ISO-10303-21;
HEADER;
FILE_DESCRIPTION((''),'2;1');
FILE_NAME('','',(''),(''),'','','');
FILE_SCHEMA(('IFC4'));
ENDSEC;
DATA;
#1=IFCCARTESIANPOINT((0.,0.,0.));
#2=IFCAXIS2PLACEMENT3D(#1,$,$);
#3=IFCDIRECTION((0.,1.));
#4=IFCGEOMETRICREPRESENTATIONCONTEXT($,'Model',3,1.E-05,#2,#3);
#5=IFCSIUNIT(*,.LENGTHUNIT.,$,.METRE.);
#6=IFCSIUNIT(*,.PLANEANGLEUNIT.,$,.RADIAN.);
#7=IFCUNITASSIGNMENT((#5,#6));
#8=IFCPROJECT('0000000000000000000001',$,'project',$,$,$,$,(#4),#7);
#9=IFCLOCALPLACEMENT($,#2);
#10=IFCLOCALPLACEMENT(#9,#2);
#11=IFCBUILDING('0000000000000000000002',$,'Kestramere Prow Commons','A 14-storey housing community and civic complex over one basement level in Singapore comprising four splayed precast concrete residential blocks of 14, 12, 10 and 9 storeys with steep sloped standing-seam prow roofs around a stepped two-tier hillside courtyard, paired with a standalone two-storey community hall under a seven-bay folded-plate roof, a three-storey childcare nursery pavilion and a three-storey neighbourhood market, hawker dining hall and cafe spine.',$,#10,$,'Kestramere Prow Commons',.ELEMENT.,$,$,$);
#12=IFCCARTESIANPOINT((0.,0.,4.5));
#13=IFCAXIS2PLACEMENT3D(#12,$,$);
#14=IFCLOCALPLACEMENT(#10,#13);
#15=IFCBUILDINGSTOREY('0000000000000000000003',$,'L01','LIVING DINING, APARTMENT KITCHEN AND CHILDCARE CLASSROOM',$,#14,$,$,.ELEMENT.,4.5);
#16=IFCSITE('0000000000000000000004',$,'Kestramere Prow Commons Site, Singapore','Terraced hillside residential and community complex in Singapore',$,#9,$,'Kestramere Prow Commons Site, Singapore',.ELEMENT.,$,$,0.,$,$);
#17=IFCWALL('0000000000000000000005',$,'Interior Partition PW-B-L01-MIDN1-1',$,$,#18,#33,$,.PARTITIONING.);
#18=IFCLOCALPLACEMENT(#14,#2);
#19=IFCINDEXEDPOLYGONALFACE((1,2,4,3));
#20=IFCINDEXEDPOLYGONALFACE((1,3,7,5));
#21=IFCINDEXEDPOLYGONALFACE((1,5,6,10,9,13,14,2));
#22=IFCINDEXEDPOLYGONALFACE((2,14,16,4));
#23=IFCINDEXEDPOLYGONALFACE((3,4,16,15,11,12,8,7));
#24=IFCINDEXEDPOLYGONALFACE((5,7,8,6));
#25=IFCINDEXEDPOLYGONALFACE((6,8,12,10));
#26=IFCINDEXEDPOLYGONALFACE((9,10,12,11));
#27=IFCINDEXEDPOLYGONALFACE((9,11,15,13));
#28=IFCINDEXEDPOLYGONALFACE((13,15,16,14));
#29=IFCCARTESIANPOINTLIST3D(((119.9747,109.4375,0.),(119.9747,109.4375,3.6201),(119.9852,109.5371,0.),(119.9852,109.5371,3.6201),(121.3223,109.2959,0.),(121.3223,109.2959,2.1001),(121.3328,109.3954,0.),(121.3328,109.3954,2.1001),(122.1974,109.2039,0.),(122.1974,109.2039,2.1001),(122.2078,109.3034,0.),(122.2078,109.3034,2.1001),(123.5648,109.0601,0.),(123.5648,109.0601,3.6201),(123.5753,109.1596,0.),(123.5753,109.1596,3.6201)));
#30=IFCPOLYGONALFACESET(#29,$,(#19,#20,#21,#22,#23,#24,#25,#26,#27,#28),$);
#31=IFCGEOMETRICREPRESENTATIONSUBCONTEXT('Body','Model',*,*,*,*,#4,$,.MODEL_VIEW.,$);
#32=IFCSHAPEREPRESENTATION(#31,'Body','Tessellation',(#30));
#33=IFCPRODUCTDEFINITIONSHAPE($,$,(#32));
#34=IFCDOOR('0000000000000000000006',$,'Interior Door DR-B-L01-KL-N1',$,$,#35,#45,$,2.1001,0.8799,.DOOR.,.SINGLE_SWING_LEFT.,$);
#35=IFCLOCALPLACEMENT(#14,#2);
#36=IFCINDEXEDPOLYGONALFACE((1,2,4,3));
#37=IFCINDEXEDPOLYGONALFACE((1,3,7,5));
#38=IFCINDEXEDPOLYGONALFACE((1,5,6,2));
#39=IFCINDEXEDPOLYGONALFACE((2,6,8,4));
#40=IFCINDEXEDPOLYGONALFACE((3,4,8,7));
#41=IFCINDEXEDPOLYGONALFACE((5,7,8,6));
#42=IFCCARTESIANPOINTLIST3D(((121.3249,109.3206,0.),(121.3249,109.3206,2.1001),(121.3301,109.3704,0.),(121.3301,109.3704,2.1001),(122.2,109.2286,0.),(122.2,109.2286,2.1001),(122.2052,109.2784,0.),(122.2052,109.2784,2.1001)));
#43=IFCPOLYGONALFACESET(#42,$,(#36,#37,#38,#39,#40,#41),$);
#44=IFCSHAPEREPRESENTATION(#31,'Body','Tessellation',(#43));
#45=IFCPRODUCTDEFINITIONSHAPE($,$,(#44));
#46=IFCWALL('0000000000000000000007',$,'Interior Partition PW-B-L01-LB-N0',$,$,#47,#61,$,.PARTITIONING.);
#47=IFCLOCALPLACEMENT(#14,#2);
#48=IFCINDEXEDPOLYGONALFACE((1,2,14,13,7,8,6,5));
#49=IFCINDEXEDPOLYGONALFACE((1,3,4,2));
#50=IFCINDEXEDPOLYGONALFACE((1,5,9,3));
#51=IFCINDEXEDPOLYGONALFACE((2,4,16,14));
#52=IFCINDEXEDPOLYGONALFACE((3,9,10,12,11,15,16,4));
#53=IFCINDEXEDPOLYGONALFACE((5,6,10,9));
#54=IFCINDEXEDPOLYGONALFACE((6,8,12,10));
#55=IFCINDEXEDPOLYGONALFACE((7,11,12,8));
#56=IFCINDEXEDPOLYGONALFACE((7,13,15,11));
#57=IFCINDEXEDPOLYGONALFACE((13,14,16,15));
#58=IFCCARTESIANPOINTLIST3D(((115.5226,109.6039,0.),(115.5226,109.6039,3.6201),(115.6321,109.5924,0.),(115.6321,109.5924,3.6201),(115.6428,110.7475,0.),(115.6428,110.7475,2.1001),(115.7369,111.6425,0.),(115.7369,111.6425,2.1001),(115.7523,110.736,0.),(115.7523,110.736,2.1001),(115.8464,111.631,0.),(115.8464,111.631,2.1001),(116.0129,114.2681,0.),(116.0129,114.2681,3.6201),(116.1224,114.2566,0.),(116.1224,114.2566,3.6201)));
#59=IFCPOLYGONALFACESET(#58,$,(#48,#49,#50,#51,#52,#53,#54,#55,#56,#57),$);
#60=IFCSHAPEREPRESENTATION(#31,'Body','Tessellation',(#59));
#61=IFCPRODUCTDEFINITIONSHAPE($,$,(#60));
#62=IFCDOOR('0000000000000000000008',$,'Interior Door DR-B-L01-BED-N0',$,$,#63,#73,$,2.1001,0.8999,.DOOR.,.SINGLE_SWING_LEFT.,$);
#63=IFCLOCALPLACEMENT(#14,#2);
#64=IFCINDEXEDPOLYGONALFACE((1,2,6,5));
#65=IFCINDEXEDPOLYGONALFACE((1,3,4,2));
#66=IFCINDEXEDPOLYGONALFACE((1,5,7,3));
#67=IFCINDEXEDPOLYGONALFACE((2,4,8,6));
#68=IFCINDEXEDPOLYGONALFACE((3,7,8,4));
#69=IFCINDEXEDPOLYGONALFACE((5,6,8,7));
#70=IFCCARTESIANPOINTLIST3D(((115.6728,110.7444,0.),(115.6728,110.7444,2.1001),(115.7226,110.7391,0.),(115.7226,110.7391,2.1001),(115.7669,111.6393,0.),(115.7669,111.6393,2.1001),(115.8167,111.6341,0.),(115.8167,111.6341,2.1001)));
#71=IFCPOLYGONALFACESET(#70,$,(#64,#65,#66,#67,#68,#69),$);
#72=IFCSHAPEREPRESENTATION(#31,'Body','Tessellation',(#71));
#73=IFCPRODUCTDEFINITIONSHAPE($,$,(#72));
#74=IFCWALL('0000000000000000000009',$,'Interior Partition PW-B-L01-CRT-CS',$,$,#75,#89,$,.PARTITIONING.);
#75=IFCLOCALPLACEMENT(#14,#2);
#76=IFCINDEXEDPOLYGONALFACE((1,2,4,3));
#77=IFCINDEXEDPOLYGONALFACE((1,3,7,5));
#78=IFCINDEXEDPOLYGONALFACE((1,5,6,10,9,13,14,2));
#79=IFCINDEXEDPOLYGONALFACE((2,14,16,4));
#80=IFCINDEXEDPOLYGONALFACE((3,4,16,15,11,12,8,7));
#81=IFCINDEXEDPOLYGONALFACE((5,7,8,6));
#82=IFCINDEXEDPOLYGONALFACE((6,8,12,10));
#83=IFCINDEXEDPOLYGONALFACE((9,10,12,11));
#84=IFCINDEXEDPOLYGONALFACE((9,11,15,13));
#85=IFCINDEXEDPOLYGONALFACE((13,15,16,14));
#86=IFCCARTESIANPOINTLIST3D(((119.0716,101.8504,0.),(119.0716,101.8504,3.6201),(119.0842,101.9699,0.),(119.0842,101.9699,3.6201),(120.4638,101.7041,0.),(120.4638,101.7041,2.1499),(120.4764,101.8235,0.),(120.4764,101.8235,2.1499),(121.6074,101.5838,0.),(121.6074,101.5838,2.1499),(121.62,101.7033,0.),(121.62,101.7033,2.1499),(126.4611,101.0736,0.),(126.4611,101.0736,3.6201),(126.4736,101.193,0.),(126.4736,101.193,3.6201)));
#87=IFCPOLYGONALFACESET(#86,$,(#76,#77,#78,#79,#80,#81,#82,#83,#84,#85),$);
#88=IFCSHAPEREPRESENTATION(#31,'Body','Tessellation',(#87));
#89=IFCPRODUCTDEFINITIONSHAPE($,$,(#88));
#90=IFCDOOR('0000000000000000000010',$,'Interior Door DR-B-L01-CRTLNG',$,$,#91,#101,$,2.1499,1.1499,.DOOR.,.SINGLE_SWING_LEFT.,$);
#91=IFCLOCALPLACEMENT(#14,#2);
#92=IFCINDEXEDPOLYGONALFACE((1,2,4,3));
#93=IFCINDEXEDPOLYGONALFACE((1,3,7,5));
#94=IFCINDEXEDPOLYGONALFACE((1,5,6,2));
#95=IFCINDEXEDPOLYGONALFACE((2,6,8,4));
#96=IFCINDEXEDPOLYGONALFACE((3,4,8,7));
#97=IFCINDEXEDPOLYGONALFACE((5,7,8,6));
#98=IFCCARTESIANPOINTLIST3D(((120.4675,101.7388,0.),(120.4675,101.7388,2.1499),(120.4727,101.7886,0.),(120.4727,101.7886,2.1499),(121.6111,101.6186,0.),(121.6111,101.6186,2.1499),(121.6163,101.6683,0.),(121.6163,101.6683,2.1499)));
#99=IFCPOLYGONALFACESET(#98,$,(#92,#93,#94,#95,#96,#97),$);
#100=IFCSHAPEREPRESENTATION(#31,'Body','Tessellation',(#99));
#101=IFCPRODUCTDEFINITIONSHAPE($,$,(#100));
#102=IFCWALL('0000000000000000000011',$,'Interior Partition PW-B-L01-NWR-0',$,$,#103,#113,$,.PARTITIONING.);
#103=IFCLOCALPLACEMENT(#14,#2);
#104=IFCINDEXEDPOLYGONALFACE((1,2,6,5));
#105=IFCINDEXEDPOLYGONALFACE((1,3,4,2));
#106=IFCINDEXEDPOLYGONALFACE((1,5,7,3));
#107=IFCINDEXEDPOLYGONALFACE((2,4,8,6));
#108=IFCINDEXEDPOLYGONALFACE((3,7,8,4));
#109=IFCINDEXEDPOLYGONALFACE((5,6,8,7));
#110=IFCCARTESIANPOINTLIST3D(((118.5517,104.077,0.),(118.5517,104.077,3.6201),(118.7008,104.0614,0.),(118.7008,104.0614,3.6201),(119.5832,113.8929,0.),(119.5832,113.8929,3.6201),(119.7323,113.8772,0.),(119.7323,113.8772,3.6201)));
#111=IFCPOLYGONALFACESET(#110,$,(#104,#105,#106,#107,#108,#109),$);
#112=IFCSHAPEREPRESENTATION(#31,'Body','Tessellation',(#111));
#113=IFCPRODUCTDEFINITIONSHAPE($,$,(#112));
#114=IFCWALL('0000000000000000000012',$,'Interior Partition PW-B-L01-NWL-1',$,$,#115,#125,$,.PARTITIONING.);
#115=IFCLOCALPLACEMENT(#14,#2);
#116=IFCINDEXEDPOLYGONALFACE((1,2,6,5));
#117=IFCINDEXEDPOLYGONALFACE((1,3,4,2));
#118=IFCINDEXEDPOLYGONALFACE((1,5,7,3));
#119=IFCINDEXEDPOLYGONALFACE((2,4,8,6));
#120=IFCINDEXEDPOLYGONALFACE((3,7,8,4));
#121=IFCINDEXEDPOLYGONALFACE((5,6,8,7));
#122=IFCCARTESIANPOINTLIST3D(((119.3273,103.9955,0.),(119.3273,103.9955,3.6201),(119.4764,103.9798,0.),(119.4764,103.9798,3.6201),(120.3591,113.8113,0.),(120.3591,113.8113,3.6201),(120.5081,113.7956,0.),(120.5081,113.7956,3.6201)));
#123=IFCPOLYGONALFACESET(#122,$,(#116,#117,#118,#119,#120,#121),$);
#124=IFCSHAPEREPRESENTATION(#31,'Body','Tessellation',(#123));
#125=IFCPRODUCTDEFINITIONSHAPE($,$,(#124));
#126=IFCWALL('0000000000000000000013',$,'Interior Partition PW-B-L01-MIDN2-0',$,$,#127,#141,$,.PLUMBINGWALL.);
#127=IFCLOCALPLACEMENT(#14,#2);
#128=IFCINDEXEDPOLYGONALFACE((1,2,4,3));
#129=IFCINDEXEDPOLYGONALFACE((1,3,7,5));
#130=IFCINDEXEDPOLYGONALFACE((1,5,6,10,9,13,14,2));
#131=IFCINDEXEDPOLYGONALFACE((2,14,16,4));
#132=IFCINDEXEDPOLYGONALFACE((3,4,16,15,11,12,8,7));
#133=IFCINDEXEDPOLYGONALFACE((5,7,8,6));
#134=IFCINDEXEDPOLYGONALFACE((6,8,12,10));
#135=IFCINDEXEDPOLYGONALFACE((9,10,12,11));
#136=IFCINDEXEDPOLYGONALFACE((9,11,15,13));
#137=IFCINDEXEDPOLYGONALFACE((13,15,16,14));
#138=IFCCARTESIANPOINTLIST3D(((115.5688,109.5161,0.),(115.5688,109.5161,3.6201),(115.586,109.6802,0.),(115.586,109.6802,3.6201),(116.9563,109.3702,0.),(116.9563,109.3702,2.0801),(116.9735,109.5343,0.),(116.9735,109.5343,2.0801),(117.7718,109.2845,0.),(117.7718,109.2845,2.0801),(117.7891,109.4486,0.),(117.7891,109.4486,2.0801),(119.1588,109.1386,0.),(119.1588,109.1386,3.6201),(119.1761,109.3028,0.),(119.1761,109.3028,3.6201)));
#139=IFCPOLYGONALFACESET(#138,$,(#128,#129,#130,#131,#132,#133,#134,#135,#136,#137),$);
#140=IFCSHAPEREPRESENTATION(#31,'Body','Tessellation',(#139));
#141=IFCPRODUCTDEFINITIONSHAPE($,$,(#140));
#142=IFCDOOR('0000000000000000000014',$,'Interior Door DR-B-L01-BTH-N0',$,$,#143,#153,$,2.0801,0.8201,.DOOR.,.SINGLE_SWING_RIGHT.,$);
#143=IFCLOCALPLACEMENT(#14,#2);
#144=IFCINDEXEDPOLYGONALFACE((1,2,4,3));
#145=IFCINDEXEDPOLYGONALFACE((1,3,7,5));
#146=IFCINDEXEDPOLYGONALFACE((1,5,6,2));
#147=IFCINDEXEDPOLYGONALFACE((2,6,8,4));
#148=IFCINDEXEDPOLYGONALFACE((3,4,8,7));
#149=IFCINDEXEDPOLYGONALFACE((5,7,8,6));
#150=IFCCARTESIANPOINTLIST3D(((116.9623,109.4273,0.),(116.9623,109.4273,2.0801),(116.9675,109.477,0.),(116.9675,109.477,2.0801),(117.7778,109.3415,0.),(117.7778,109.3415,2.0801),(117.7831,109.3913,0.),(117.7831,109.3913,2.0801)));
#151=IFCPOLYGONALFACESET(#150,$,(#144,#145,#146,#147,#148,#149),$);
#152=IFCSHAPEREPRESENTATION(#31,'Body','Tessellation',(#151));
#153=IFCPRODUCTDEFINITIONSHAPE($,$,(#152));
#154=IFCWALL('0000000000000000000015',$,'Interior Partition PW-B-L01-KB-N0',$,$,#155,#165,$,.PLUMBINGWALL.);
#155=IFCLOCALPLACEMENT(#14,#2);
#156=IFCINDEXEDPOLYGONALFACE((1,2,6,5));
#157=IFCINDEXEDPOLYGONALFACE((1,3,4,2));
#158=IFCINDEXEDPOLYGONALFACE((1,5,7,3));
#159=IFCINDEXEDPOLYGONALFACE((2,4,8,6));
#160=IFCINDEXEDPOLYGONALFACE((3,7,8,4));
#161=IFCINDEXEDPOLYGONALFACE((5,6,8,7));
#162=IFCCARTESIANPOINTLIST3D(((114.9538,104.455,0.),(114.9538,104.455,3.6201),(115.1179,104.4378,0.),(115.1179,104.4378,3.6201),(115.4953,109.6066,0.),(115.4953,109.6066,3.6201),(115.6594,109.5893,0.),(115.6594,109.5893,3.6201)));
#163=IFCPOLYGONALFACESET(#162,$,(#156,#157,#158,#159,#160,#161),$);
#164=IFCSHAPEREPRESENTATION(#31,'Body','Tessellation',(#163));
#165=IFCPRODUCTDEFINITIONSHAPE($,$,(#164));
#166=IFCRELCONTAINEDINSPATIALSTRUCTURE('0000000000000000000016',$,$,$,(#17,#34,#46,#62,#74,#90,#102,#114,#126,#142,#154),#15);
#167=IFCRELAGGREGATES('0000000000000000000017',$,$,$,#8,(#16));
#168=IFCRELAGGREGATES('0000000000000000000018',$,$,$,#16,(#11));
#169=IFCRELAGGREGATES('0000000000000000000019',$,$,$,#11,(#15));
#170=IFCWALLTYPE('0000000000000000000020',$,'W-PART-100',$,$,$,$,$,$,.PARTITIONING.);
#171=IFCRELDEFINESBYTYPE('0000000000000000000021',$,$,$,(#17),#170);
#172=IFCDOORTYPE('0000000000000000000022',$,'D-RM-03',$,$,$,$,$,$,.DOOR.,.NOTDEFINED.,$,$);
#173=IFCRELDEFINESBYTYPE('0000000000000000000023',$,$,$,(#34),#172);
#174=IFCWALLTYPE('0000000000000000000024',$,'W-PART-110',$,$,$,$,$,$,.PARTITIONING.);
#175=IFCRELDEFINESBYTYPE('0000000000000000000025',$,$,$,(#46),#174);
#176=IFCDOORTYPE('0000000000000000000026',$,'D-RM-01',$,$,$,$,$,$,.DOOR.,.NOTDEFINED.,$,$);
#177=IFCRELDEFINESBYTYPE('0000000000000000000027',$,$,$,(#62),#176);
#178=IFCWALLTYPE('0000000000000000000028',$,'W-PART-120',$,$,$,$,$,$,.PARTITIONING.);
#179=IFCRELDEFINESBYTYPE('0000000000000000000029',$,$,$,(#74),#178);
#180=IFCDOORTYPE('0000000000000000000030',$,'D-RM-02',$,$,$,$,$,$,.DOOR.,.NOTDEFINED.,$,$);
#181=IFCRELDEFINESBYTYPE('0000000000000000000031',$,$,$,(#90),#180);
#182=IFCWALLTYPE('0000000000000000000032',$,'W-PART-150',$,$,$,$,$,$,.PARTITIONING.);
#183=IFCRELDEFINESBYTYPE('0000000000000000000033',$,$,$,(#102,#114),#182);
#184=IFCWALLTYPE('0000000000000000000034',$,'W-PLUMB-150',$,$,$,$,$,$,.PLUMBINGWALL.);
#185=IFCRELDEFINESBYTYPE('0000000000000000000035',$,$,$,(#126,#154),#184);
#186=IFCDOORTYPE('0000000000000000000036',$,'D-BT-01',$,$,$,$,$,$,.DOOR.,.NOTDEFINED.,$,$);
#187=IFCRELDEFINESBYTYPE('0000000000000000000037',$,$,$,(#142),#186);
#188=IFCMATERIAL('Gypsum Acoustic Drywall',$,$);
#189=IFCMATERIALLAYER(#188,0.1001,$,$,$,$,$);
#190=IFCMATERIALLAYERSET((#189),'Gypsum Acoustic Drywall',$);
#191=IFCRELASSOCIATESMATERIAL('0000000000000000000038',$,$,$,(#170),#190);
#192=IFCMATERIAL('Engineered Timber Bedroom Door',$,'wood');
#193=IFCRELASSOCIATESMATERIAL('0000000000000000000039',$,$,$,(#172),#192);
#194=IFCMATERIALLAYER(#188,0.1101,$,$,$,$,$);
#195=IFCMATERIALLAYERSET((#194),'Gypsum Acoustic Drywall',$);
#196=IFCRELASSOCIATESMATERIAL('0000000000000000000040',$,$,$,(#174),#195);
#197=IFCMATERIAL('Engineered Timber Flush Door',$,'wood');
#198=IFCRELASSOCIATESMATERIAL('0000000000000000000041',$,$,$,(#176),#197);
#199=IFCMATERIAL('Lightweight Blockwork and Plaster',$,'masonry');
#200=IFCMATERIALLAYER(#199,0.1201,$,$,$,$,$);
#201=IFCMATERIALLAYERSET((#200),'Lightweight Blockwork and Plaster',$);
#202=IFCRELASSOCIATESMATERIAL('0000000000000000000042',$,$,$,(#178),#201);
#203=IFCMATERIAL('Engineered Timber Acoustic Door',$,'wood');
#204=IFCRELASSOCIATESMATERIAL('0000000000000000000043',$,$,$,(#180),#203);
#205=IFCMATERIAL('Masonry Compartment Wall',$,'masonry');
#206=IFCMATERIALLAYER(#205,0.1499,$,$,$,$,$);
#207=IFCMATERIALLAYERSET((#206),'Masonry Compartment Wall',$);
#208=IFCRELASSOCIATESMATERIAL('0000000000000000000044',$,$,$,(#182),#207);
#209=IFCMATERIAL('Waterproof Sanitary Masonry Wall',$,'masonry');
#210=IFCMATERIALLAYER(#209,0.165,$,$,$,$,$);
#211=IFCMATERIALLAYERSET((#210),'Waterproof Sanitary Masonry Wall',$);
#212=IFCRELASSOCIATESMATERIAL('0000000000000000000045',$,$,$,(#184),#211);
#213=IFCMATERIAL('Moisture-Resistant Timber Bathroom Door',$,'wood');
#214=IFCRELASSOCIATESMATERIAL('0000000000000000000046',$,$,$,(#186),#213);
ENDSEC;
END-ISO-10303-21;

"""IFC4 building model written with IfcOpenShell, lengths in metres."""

from ifc_helpers import new_model, si_unit, direction, frame, frame_2d, origin, place, context, subcontext, project, spatial, rectangle, extrude, material, layer, layer_set, type_object, element, fill, save


model = new_model("IFC4")

# Units and contexts
model_context = context("Model", 3, precision=1e-05, world=origin(), true_north=direction((0.0, 1.0)))
body_context = subcontext(model_context, "Body", "Model", "MODEL_VIEW")
ifc_project = project(units=[si_unit("LENGTHUNIT", "METRE"), si_unit("PLANEANGLEUNIT", "RADIAN")], contexts=[model_context])

# Site, building, storey
site_placement = place(None, origin())
site = spatial("IfcSite", under=ifc_project, at=site_placement, Name="Kestramere Prow Commons Site, Singapore", Description="Terraced hillside residential and community complex in Singapore", LongName="Kestramere Prow Commons Site, Singapore", CompositionType="ELEMENT", RefElevation=0.0)
building_placement = place(site_placement, origin())
building = spatial("IfcBuilding", under=site, at=building_placement, Name="Kestramere Prow Commons", Description="A 14-storey housing community and civic complex over one basement level in Singapore comprising four splayed precast concrete residential blocks of 14, 12, 10 and 9 storeys with steep sloped standing-seam prow roofs around a stepped two-tier hillside courtyard, paired with a standalone two-storey community hall under a seven-bay folded-plate roof, a three-storey childcare nursery pavilion and a three-storey neighbourhood market, hawker dining hall and cafe spine.", LongName="Kestramere Prow Commons", CompositionType="ELEMENT")
storey_placement = place(building_placement, frame((0.0, 0.0, 4.5)))
storey = spatial("IfcBuildingStorey", under=building, at=storey_placement, Name="L01", Description="LIVING DINING, APARTMENT KITCHEN AND CHILDCARE CLASSROOM", CompositionType="ELEMENT", Elevation=4.5)

# Walls, openings, doors
ifc_material_1 = material(Name="Gypsum Acoustic Drywall")
ifc_layer_1 = layer(ifc_material_1, 0.1001)
ifc_layer_set_1 = layer_set([ifc_layer_1], Name="Gypsum Acoustic Drywall")
wall_type_1 = type_object("IfcWallType", Name="W-PART-100", PredefinedType="PARTITIONING", material=ifc_layer_set_1)
wall_1_placement = place(storey_placement, frame((119.98, 109.4873, 0.0), z_axis=(0.0, 0.0, 1.0), x_axis=(0.994519, -0.104558, 0.0)))
wall_1 = element("IfcWall", 1, at=wall_1_placement, inside=storey, type_object=wall_type_1, Name="Interior Partition PW-B-L01-MIDN1-1", PredefinedType="PARTITIONING", context=body_context, shape_type="SweptSolid", body=[
    extrude(rectangle(XDim=3.6099, YDim=0.1001, at=frame_2d((1.8049, 0.0))), origin(), (0.0, 0.0, 1.0), 3.6201),
])
opening_1_placement = place(wall_1_placement, frame((1.355, 0.0, 0.0)))
opening_1 = element("IfcOpeningElement", 2, at=opening_1_placement, cuts=wall_1, PredefinedType="OPENING", context=body_context, shape_type="SweptSolid", body=[
    extrude(rectangle(XDim=0.8799, YDim=2.1001, at=frame_2d((0.4399, 1.05))), frame((0.0, 0.0649, 0.0), z_axis=(0.0, -1.0, 0.0), x_axis=(1.0, 0.0, 0.0)), (0.0, 0.0, 1.0), 0.1301),
])
ifc_material_2 = material(Name="Engineered Timber Bedroom Door", Category="wood")
door_type_1 = type_object("IfcDoorType", Name="D-RM-03", OperationType="NOTDEFINED", PredefinedType="DOOR", material=ifc_material_2)
door_1_placement = place(opening_1_placement, origin())
door_1 = element("IfcDoor", 3, at=door_1_placement, inside=storey, type_object=door_type_1, Name="Interior Door DR-B-L01-KL-N1", OperationType="SINGLE_SWING_LEFT", OverallHeight=2.1001, OverallWidth=0.8799, PredefinedType="DOOR", context=body_context, shape_type="SweptSolid", body=[
    extrude(rectangle(XDim=0.8799, YDim=2.1001, at=frame_2d((0.4399, 1.05))), frame((0.0, 0.0249, 0.0), z_axis=(0.0, -1.0, 0.0), x_axis=(1.0, 0.0, 0.0)), (0.0, 0.0, 1.0), 0.05),
])
fill(opening_1, door_1)
ifc_layer_2 = layer(ifc_material_1, 0.1101)
ifc_layer_set_2 = layer_set([ifc_layer_2], Name="Gypsum Acoustic Drywall")
wall_type_2 = type_object("IfcWallType", Name="W-PART-110", PredefinedType="PARTITIONING", material=ifc_layer_set_2)
wall_2_placement = place(storey_placement, frame((115.5774, 109.5981, 0.0), z_axis=(0.0, 0.0, 1.0), x_axis=(0.104528, 0.994522, 0.0)))
wall_2 = element("IfcWall", 4, at=wall_2_placement, inside=storey, type_object=wall_type_2, Name="Interior Partition PW-B-L01-LB-N0", PredefinedType="PARTITIONING", context=body_context, shape_type="SweptSolid", body=[
    extrude(rectangle(XDim=4.6899, YDim=0.1101, at=frame_2d((2.345, 0.0))), origin(), (0.0, 0.0, 1.0), 3.6201),
])
opening_2_placement = place(wall_2_placement, frame((1.1499, 0.0, 0.0)))
opening_2 = element("IfcOpeningElement", 5, at=opening_2_placement, cuts=wall_2, PredefinedType="OPENING", context=body_context, shape_type="SweptSolid", body=[
    extrude(rectangle(XDim=0.8999, YDim=2.1001, at=frame_2d((0.45, 1.05))), frame((0.0, 0.0701, 0.0), z_axis=(0.0, -1.0, 0.0), x_axis=(1.0, 0.0, 0.0)), (0.0, 0.0, 1.0), 0.1401),
])
ifc_material_3 = material(Name="Engineered Timber Flush Door", Category="wood")
door_type_2 = type_object("IfcDoorType", Name="D-RM-01", OperationType="NOTDEFINED", PredefinedType="DOOR", material=ifc_material_3)
door_2_placement = place(opening_2_placement, origin())
door_2 = element("IfcDoor", 6, at=door_2_placement, inside=storey, type_object=door_type_2, Name="Interior Door DR-B-L01-BED-N0", OperationType="SINGLE_SWING_LEFT", OverallHeight=2.1001, OverallWidth=0.8999, PredefinedType="DOOR", context=body_context, shape_type="SweptSolid", body=[
    extrude(rectangle(XDim=0.8999, YDim=2.1001, at=frame_2d((0.45, 1.05))), frame((0.0, 0.0249, 0.0), z_axis=(0.0, -1.0, 0.0), x_axis=(1.0, 0.0, 0.0)), (0.0, 0.0, 1.0), 0.05),
])
fill(opening_2, door_2)
ifc_material_4 = material(Name="Lightweight Blockwork and Plaster", Category="masonry")
ifc_layer_3 = layer(ifc_material_4, 0.1201)
ifc_layer_set_3 = layer_set([ifc_layer_3], Name="Lightweight Blockwork and Plaster")
wall_type_3 = type_object("IfcWallType", Name="W-PART-120", PredefinedType="PARTITIONING", material=ifc_layer_set_3)
wall_3_placement = place(storey_placement, frame((119.0779, 101.9102, 0.0), z_axis=(0.0, 0.0, 1.0), x_axis=(0.994519, -0.104555, 0.0)))
wall_3 = element("IfcWall", 7, at=wall_3_placement, inside=storey, type_object=wall_type_3, Name="Interior Partition PW-B-L01-CRT-CS", PredefinedType="PARTITIONING", context=body_context, shape_type="SweptSolid", body=[
    extrude(rectangle(XDim=7.4302, YDim=0.1201, at=frame_2d((3.7151, 0.0))), origin(), (0.0, 0.0, 1.0), 3.6201),
])
opening_3_placement = place(wall_3_placement, frame((1.3999, 0.0, 0.0)))
opening_3 = element("IfcOpeningElement", 8, at=opening_3_placement, cuts=wall_3, PredefinedType="OPENING", context=body_context, shape_type="SweptSolid", body=[
    extrude(rectangle(XDim=1.1499, YDim=2.1499, at=frame_2d((0.575, 1.075))), frame((0.0, 0.075, 0.0), z_axis=(0.0, -1.0, 0.0), x_axis=(1.0, 0.0, 0.0)), (0.0, 0.0, 1.0), 0.1501),
])
ifc_material_5 = material(Name="Engineered Timber Acoustic Door", Category="wood")
door_type_3 = type_object("IfcDoorType", Name="D-RM-02", OperationType="NOTDEFINED", PredefinedType="DOOR", material=ifc_material_5)
door_3_placement = place(opening_3_placement, origin())
door_3 = element("IfcDoor", 9, at=door_3_placement, inside=storey, type_object=door_type_3, Name="Interior Door DR-B-L01-CRTLNG", OperationType="SINGLE_SWING_LEFT", OverallHeight=2.1499, OverallWidth=1.1499, PredefinedType="DOOR", context=body_context, shape_type="SweptSolid", body=[
    extrude(rectangle(XDim=1.1499, YDim=2.1499, at=frame_2d((0.575, 1.075))), frame((0.0, 0.0249, 0.0), z_axis=(0.0, -1.0, 0.0), x_axis=(1.0, 0.0, 0.0)), (0.0, 0.0, 1.0), 0.05),
])
fill(opening_3, door_3)

# Walls
ifc_material_6 = material(Name="Masonry Compartment Wall", Category="masonry")
ifc_layer_4 = layer(ifc_material_6, 0.1499)
ifc_layer_set_4 = layer_set([ifc_layer_4], Name="Masonry Compartment Wall")
wall_type_4 = type_object("IfcWallType", Name="W-PART-150", PredefinedType="PARTITIONING", material=ifc_layer_set_4)
for number, where, z_axis, x_axis, name in (
    (10, (118.6262, 104.0691, 0.0), (0.0, 0.0, 1.0), (0.104508, 0.994524, 0.0), "Interior Partition PW-B-L01-NWR-0"),
    (11, (119.4019, 103.9875, 0.0), (0.0, 0.0, 1.0), (0.104533, 0.994521, 0.0), "Interior Partition PW-B-L01-NWL-1"),
):
    element("IfcWall", number, at=place(storey_placement, frame(where, z_axis=z_axis, x_axis=x_axis)), inside=storey, type_object=wall_type_4, Name=name, PredefinedType="PARTITIONING", context=body_context, shape_type="SweptSolid", body=[
        extrude(rectangle(XDim=9.8699, YDim=0.1499, at=frame_2d((4.9351, 0.0))), origin(), (0.0, 0.0, 1.0), 3.6201),
    ])

# Wall, opening, door
ifc_material_7 = material(Name="Waterproof Sanitary Masonry Wall", Category="masonry")
ifc_layer_5 = layer(ifc_material_7, 0.165)
ifc_layer_set_5 = layer_set([ifc_layer_5], Name="Waterproof Sanitary Masonry Wall")
wall_type_5 = type_object("IfcWallType", Name="W-PLUMB-150", PredefinedType="PLUMBINGWALL", material=ifc_layer_set_5)
wall_4_placement = place(storey_placement, frame((115.5774, 109.5981, 0.0), z_axis=(0.0, 0.0, 1.0), x_axis=(0.994519, -0.104558, 0.0)))
wall_4 = element("IfcWall", 12, at=wall_4_placement, inside=storey, type_object=wall_type_5, Name="Interior Partition PW-B-L01-MIDN2-0", PredefinedType="PLUMBINGWALL", context=body_context, shape_type="SweptSolid", body=[
    extrude(rectangle(XDim=3.6099, YDim=0.165, at=frame_2d((1.8049, 0.0))), origin(), (0.0, 0.0, 1.0), 3.6201),
])
opening_4_placement = place(wall_4_placement, frame((1.395, 0.0, 0.0)))
opening_4 = element("IfcOpeningElement", 13, at=opening_4_placement, cuts=wall_4, PredefinedType="OPENING", context=body_context, shape_type="SweptSolid", body=[
    extrude(rectangle(XDim=0.8201, YDim=2.0801, at=frame_2d((0.4102, 1.04))), frame((0.0, 0.0974, 0.0), z_axis=(0.0, -1.0, 0.0), x_axis=(1.0, 0.0, 0.0)), (0.0, 0.0, 1.0), 0.1951),
])
ifc_material_8 = material(Name="Moisture-Resistant Timber Bathroom Door", Category="wood")
door_type_4 = type_object("IfcDoorType", Name="D-BT-01", OperationType="NOTDEFINED", PredefinedType="DOOR", material=ifc_material_8)
door_4_placement = place(opening_4_placement, origin())
door_4 = element("IfcDoor", 14, at=door_4_placement, inside=storey, type_object=door_type_4, Name="Interior Door DR-B-L01-BTH-N0", OperationType="SINGLE_SWING_RIGHT", OverallHeight=2.0801, OverallWidth=0.8201, PredefinedType="DOOR", context=body_context, shape_type="SweptSolid", body=[
    extrude(rectangle(XDim=0.8201, YDim=2.0801, at=frame_2d((0.4102, 1.04))), frame((0.0, 0.0249, 0.0), z_axis=(0.0, -1.0, 0.0), x_axis=(1.0, 0.0, 0.0)), (0.0, 0.0, 1.0), 0.05),
])
fill(opening_4, door_4)

# Wall
wall_5_placement = place(storey_placement, frame((115.0359, 104.4465, 0.0), z_axis=(0.0, 0.0, 1.0), x_axis=(0.104538, 0.994521, 0.0)))
element("IfcWall", 15, at=wall_5_placement, inside=storey, type_object=wall_type_5, Name="Interior Partition PW-B-L01-KB-N0", PredefinedType="PLUMBINGWALL", context=body_context, shape_type="SweptSolid", body=[
    extrude(rectangle(XDim=5.1799, YDim=0.165, at=frame_2d((2.5898, 0.0))), origin(), (0.0, 0.0, 1.0), 3.6201),
])

save(model, "model.ifc")
